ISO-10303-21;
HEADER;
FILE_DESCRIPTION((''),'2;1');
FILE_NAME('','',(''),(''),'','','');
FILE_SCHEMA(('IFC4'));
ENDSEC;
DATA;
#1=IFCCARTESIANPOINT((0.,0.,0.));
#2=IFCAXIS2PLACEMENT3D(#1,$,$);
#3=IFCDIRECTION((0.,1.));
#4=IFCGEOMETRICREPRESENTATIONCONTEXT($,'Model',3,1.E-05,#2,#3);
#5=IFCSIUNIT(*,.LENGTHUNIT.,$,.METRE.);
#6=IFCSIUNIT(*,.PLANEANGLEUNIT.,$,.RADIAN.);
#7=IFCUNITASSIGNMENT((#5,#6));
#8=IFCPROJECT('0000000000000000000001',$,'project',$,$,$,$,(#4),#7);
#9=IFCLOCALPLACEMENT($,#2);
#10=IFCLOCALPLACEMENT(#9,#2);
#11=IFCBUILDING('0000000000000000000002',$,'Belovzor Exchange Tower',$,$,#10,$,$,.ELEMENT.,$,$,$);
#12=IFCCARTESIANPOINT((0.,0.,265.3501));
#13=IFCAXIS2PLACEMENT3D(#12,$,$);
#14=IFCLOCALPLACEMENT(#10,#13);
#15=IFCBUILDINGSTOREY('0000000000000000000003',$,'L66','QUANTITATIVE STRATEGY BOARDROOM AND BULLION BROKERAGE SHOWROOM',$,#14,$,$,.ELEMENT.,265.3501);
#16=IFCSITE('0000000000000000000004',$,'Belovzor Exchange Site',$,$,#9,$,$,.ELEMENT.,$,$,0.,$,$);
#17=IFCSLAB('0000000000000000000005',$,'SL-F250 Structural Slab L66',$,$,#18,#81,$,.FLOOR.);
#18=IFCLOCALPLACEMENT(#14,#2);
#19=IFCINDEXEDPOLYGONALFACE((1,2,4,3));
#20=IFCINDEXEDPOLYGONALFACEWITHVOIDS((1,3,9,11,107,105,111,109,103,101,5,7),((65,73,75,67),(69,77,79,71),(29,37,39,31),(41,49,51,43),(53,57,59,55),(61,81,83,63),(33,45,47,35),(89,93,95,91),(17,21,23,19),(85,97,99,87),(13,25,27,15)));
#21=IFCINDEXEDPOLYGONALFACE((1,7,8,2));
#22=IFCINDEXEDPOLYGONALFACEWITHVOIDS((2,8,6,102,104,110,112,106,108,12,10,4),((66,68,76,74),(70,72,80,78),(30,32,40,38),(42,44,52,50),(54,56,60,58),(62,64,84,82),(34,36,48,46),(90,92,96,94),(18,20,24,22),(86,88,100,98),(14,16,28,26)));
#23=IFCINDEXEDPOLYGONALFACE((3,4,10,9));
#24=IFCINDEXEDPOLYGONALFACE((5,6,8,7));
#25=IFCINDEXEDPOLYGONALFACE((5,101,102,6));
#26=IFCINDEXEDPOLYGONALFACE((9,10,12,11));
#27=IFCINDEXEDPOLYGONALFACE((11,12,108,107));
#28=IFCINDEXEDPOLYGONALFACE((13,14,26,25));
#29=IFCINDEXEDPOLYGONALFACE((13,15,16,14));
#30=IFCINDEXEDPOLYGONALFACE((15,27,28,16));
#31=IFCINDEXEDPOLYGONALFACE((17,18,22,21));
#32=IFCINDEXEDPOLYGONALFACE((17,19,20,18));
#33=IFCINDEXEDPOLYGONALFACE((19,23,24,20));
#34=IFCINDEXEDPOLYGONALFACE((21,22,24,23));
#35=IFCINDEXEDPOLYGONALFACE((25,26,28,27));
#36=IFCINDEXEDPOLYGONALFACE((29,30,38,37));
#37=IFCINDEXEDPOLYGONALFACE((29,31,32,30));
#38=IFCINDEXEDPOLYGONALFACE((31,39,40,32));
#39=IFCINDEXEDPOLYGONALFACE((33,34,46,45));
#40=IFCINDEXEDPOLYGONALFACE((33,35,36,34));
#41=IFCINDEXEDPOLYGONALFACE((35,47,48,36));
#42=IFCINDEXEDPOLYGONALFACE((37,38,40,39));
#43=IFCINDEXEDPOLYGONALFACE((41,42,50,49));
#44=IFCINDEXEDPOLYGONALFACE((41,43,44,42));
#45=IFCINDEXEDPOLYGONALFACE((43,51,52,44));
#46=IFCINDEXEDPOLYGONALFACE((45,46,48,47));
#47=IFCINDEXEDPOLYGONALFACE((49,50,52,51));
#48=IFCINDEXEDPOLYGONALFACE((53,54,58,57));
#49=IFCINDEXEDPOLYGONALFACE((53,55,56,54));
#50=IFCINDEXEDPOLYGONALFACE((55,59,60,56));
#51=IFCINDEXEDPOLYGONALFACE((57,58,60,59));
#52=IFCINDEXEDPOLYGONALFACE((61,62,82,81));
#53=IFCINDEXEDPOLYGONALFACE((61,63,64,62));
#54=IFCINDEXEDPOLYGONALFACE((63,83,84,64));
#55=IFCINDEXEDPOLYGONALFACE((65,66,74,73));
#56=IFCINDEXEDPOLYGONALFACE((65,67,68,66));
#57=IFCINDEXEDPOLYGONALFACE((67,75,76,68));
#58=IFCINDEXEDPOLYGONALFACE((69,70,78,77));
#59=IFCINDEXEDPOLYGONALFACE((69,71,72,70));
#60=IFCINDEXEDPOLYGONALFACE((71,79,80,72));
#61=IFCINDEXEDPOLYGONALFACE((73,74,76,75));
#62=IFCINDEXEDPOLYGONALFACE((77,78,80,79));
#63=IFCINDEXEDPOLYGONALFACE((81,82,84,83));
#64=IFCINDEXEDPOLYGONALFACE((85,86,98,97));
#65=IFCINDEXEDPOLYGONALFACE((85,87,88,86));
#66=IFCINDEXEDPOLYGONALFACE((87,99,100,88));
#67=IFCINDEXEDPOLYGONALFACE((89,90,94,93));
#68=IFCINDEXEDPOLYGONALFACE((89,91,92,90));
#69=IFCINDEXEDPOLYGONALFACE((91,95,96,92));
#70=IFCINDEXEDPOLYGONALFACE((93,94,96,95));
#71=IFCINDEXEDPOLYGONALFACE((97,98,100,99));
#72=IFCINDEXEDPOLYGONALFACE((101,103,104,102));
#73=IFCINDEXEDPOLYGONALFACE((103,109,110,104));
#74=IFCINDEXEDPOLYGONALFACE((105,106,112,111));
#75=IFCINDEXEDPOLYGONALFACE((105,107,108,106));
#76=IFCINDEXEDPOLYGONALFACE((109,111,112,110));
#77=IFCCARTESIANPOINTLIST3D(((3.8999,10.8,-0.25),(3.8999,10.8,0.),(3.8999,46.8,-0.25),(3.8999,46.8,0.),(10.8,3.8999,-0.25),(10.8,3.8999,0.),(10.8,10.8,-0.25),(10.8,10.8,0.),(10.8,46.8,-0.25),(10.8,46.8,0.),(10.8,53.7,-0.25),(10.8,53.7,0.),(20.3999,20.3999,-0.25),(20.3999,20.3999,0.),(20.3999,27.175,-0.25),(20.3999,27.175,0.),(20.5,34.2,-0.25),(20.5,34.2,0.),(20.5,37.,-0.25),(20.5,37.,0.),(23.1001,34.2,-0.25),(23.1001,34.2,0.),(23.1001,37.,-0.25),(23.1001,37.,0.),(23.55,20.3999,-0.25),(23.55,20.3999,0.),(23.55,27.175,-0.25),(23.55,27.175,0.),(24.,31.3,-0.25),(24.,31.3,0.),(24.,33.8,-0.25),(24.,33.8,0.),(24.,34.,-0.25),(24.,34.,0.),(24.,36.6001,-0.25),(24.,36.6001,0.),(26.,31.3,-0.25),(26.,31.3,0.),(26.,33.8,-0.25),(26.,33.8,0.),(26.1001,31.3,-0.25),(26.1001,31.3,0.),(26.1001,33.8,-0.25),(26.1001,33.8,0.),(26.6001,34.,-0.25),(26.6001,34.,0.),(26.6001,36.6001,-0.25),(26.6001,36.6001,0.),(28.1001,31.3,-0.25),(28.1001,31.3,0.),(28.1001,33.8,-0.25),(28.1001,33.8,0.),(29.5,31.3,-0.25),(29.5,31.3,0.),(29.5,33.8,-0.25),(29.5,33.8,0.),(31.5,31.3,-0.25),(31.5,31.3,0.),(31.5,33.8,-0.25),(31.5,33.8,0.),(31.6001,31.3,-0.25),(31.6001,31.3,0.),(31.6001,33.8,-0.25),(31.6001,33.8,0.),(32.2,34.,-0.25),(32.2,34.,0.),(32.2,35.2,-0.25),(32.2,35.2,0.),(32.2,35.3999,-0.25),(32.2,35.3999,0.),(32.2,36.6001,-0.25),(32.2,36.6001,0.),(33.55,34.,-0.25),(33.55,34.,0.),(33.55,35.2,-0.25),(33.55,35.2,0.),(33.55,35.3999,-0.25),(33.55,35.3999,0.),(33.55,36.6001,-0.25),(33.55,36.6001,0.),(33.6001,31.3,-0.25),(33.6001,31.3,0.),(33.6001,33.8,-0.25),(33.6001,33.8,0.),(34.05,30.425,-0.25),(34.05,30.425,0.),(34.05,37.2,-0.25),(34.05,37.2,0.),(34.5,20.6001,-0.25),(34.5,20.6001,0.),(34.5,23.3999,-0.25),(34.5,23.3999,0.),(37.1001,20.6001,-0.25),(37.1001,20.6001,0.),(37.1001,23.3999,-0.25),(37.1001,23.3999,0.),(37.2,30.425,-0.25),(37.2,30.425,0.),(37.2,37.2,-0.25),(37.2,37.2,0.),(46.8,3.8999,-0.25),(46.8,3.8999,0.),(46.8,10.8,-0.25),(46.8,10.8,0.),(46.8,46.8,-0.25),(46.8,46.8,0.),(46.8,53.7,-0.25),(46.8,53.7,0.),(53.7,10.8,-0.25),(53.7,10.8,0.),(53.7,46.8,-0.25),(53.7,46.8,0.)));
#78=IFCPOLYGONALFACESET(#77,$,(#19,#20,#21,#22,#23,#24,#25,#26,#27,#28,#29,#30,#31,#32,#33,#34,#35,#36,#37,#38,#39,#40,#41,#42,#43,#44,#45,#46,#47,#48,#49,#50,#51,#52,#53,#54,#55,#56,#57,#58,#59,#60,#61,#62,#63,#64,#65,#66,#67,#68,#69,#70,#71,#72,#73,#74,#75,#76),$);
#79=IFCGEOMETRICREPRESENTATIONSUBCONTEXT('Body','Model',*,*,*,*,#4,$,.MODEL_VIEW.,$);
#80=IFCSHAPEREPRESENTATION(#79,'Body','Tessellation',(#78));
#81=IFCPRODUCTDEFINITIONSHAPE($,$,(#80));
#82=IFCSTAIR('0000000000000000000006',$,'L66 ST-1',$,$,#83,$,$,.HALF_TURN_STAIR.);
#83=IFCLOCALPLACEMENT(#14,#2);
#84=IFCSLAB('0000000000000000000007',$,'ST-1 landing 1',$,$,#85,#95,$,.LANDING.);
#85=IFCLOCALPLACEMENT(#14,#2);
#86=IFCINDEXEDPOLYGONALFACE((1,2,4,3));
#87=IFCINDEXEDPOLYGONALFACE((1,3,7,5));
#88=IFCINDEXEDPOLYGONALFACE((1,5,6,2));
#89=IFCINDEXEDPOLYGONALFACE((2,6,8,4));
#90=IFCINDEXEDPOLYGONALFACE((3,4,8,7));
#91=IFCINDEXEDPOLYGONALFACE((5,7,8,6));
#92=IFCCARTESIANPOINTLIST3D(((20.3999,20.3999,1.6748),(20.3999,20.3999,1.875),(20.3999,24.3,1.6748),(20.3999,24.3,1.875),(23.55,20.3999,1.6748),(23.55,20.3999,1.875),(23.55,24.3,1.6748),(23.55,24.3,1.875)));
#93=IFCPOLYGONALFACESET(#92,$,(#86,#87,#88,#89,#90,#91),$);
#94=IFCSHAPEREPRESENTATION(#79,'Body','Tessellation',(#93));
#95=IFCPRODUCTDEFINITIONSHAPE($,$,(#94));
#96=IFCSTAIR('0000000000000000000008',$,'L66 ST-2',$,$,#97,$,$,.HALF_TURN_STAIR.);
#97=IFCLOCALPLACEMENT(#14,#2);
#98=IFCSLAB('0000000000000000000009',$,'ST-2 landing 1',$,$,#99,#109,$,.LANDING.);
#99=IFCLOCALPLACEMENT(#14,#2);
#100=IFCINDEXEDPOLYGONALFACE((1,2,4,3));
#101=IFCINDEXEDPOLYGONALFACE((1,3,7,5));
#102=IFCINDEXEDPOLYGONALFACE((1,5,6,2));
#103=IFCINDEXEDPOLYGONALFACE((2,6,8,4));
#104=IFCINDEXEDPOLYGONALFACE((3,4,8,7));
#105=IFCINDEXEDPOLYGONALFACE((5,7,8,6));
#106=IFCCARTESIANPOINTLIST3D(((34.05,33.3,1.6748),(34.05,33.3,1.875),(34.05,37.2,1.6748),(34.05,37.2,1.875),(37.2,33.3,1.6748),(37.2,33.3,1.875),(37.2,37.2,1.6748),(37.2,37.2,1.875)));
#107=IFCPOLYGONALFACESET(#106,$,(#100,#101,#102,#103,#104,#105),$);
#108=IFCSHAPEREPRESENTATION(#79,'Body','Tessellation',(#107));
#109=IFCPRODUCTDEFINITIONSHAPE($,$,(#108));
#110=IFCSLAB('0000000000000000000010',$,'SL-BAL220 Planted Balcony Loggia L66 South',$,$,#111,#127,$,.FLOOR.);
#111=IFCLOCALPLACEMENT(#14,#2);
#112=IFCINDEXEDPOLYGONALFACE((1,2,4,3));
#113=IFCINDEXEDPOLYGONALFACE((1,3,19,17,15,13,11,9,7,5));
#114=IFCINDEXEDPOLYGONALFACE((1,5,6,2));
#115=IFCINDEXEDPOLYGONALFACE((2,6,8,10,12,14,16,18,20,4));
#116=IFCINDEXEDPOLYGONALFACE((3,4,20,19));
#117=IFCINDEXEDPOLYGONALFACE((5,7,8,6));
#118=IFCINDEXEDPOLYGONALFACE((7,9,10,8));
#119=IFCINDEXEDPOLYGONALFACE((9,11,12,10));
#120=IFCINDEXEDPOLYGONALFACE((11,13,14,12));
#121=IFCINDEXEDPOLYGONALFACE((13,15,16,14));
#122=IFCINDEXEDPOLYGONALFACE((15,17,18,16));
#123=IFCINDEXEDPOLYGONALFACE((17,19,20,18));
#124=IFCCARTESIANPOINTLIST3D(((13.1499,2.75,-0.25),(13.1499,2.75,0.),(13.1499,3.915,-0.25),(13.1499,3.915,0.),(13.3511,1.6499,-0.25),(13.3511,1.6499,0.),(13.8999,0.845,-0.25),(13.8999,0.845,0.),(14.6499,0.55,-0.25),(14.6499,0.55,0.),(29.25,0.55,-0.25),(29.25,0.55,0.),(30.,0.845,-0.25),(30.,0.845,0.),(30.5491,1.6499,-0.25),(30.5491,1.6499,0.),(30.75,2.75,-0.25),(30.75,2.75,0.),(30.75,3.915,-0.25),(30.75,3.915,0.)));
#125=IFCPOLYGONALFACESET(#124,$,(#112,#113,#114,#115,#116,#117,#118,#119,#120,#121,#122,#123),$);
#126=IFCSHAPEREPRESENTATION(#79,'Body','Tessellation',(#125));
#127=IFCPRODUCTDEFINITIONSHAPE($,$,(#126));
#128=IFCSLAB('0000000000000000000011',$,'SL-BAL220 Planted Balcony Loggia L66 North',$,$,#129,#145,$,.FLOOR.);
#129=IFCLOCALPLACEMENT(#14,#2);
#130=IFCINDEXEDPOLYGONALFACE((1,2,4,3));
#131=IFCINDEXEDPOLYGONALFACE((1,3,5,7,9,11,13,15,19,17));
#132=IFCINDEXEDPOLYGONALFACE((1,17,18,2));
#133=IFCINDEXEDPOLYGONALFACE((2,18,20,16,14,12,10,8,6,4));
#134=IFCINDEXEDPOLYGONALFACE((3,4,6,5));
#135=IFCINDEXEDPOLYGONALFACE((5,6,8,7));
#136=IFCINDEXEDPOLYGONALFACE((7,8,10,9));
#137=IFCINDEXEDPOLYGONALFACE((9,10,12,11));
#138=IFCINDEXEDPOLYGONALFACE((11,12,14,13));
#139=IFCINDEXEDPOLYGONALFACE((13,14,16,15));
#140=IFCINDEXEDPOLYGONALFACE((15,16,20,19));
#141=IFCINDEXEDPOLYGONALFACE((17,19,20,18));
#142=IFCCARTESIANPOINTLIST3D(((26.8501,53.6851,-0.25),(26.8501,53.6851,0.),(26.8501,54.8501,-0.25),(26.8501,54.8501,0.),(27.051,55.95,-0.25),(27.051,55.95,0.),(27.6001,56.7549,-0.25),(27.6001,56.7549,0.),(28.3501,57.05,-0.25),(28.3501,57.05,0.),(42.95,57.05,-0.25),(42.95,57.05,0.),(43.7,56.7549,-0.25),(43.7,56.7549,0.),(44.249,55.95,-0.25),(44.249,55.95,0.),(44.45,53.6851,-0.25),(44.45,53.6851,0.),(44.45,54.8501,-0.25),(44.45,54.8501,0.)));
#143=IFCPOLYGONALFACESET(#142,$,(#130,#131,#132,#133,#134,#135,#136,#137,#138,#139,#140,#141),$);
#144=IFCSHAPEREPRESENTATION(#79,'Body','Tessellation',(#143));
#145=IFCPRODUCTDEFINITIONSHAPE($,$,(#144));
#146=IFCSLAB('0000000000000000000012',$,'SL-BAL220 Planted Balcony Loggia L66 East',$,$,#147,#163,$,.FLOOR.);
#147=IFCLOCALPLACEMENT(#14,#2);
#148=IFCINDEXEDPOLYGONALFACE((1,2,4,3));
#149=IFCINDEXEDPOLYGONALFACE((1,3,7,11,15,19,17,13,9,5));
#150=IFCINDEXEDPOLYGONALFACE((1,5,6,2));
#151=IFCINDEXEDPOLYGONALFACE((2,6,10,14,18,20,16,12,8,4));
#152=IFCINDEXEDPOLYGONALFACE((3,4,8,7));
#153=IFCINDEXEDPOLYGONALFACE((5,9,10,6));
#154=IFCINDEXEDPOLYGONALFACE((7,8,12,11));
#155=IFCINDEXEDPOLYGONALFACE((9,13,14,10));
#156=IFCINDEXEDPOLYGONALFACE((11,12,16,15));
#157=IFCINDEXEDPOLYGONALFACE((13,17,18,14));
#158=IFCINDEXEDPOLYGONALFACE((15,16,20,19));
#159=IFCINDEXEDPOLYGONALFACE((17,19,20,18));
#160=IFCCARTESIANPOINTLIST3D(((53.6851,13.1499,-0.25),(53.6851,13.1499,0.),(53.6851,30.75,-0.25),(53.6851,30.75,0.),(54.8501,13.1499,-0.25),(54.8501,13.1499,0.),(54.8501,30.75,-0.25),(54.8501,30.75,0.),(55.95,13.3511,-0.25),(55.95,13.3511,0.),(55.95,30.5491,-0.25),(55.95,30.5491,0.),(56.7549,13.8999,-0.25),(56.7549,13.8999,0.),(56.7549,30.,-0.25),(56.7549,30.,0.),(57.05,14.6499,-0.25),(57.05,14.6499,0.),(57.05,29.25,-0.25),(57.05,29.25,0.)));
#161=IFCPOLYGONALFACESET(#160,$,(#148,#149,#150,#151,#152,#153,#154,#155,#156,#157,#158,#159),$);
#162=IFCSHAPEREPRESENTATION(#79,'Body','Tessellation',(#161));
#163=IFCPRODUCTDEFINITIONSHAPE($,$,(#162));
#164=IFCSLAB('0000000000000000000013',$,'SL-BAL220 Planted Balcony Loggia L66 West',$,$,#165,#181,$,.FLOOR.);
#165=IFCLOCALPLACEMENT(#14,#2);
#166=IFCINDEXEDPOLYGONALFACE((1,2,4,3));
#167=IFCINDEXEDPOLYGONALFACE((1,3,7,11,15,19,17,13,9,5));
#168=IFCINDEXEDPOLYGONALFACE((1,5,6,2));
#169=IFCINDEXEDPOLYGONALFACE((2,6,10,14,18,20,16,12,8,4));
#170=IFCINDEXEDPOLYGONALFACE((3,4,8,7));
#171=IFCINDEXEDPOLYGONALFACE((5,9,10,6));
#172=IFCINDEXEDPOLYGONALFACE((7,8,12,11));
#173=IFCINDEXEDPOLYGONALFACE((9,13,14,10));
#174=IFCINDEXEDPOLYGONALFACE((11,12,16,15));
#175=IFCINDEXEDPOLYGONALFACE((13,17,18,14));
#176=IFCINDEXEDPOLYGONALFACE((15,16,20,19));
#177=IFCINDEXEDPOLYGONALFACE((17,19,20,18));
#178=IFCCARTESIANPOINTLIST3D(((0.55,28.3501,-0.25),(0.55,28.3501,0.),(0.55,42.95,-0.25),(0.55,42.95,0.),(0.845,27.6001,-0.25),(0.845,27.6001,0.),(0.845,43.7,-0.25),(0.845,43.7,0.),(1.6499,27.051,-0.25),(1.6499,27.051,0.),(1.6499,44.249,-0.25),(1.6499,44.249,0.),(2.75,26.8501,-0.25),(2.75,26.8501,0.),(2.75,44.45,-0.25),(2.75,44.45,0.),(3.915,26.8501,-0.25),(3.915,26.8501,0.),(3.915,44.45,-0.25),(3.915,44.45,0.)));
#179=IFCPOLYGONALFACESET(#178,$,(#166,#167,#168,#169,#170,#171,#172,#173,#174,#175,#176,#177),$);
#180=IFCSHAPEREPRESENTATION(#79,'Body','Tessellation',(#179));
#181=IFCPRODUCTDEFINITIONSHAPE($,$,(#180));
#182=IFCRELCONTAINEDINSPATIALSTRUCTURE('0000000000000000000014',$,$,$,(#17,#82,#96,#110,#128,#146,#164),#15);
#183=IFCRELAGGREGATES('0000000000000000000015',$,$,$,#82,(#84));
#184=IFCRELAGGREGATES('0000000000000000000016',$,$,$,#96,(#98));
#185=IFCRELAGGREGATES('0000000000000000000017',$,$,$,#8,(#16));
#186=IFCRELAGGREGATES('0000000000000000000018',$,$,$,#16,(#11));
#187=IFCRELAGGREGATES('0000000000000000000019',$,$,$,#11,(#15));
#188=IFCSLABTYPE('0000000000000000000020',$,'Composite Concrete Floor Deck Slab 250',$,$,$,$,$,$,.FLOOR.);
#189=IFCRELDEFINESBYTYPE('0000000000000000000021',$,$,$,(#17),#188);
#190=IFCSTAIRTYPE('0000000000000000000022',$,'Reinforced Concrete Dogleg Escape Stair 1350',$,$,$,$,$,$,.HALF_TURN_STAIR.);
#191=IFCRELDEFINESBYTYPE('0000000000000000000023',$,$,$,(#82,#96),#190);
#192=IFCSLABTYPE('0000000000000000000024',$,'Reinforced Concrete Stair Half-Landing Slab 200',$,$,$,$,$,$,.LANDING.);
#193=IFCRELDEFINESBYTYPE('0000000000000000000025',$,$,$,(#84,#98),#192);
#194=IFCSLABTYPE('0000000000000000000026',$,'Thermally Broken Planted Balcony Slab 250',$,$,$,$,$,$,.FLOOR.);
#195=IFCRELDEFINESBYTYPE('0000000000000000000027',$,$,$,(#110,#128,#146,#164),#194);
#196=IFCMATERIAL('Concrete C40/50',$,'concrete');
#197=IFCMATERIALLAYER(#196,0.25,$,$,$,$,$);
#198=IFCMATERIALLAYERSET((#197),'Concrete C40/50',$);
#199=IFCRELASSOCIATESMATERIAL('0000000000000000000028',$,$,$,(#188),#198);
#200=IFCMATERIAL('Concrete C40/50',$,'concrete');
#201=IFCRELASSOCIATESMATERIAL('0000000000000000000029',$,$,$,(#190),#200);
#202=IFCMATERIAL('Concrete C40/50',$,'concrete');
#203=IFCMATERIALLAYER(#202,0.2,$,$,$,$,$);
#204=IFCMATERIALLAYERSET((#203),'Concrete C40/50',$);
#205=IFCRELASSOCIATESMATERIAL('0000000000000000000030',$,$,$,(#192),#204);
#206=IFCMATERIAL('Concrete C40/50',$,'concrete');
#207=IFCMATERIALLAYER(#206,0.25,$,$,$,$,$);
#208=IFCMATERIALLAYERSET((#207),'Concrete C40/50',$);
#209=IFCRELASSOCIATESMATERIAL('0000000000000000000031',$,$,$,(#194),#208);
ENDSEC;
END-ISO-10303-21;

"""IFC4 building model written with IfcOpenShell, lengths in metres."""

from ifc_helpers import new_model, si_unit, direction, frame, origin, place, context, subcontext, project, spatial, polyline, outline, extrude, material, layer, layer_set, type_object, element, aggregate, save


model = new_model("IFC4")

# Units and contexts
model_context = context("Model", 3, precision=1e-05, world=origin(), true_north=direction((0.0, 1.0)))
body_context = subcontext(model_context, "Body", "Model", "MODEL_VIEW")
ifc_project = project(units=[si_unit("LENGTHUNIT", "METRE"), si_unit("PLANEANGLEUNIT", "RADIAN")], contexts=[model_context])

# Site, building, storey
site_placement = place(None, origin())
site = spatial("IfcSite", under=ifc_project, at=site_placement, Name="Belovzor Exchange Site", CompositionType="ELEMENT", RefElevation=0.0)
building_placement = place(site_placement, origin())
building = spatial("IfcBuilding", under=site, at=building_placement, Name="Belovzor Exchange Tower", CompositionType="ELEMENT")
storey_placement = place(building_placement, frame((0.0, 0.0, 265.3501)))
storey = spatial("IfcBuildingStorey", under=building, at=storey_placement, Name="L66", Description="QUANTITATIVE STRATEGY BOARDROOM AND BULLION BROKERAGE SHOWROOM", CompositionType="ELEMENT", Elevation=265.3501)

# Slab
ifc_material_1 = material(Name="Concrete C40/50", Category="concrete")
ifc_layer_1 = layer(ifc_material_1, 0.25)
ifc_layer_set_1 = layer_set([ifc_layer_1], Name="Concrete C40/50")
slab_type_1 = type_object("IfcSlabType", Name="Composite Concrete Floor Deck Slab 250", PredefinedType="FLOOR", material=ifc_layer_set_1)
slab_1_placement = place(storey_placement, frame((0.0, 0.0, -0.25)))
element("IfcSlab", 1, at=slab_1_placement, inside=storey, type_object=slab_type_1, Name="SL-F250 Structural Slab L66", PredefinedType="FLOOR", context=body_context, shape_type="SweptSolid", body=[
    extrude(outline(polyline([(10.8, 3.8999), (46.8, 3.8999), (46.8, 10.8), (53.7, 10.8), (53.7, 46.8), (46.8, 46.8), (46.8, 53.7), (10.8, 53.7), (10.8, 46.8), (3.8999, 46.8), (3.8999, 10.8), (10.8, 10.8), (10.8, 3.8999)]), holes=[polyline([(20.3999, 27.175), (20.3999, 20.3999), (23.55, 20.3999), (23.55, 27.175), (20.3999, 27.175)]), polyline([(37.2, 30.425), (37.2, 37.2), (34.05, 37.2), (34.05, 30.425), (37.2, 30.425)]), polyline([(20.5, 34.2), (23.1001, 34.2), (23.1001, 37.0), (20.5, 37.0), (20.5, 34.2)]), polyline([(34.5, 20.6001), (37.1001, 20.6001), (37.1001, 23.3999), (34.5, 23.3999), (34.5, 20.6001)]), polyline([(24.0, 34.0), (26.6001, 34.0), (26.6001, 36.6001), (24.0, 36.6001), (24.0, 34.0)]), polyline([(24.0, 31.3), (26.0, 31.3), (26.0, 33.8), (24.0, 33.8), (24.0, 31.3)]), polyline([(26.1001, 31.3), (28.1001, 31.3), (28.1001, 33.8), (26.1001, 33.8), (26.1001, 31.3)]), polyline([(29.5, 31.3), (31.5, 31.3), (31.5, 33.8), (29.5, 33.8), (29.5, 31.3)]), polyline([(31.6001, 31.3), (33.6001, 31.3), (33.6001, 33.8), (31.6001, 33.8), (31.6001, 31.3)]), polyline([(32.2, 34.0), (33.55, 34.0), (33.55, 35.2), (32.2, 35.2), (32.2, 34.0)]), polyline([(32.2, 35.3999), (33.55, 35.3999), (33.55, 36.6001), (32.2, 36.6001), (32.2, 35.3999)])]), origin(), (0.0, 0.0, 1.0), 0.25),
])

# Stairs, slabs
ifc_material_2 = material(Name="Concrete C40/50", Category="concrete")
stair_type = type_object("IfcStairType", Name="Reinforced Concrete Dogleg Escape Stair 1350", PredefinedType="HALF_TURN_STAIR", material=ifc_material_2)
stair_1_placement = place(storey_placement, origin())
stair_1 = element("IfcStair", 2, at=stair_1_placement, inside=storey, type_object=stair_type, Name="L66 ST-1", PredefinedType="HALF_TURN_STAIR")
ifc_material_3 = material(Name="Concrete C40/50", Category="concrete")
ifc_layer_2 = layer(ifc_material_3, 0.2)
ifc_layer_set_2 = layer_set([ifc_layer_2], Name="Concrete C40/50")
slab_type_2 = type_object("IfcSlabType", Name="Reinforced Concrete Stair Half-Landing Slab 200", PredefinedType="LANDING", material=ifc_layer_set_2)
slab_2_placement = place(storey_placement, frame((0.0, 0.0, 1.6748)))
slab_2 = element("IfcSlab", 3, at=slab_2_placement, type_object=slab_type_2, Name="ST-1 landing 1", PredefinedType="LANDING", context=body_context, shape_type="SweptSolid", body=[
    extrude(outline(polyline([(20.3999, 24.3), (20.3999, 20.3999), (23.55, 20.3999), (23.55, 24.3), (20.3999, 24.3)])), origin(), (0.0, 0.0, 1.0), 0.2002),
])
aggregate(stair_1, [slab_2])
stair_2_placement = place(storey_placement, origin())
stair_2 = element("IfcStair", 4, at=stair_2_placement, inside=storey, type_object=stair_type, Name="L66 ST-2", PredefinedType="HALF_TURN_STAIR")
slab_3_placement = place(storey_placement, frame((0.0, 0.0, 1.6748)))
slab_3 = element("IfcSlab", 5, at=slab_3_placement, type_object=slab_type_2, Name="ST-2 landing 1", PredefinedType="LANDING", context=body_context, shape_type="SweptSolid", body=[
    extrude(outline(polyline([(37.2, 33.3), (37.2, 37.2), (34.05, 37.2), (34.05, 33.3), (37.2, 33.3)])), origin(), (0.0, 0.0, 1.0), 0.2002),
])
aggregate(stair_2, [slab_3])

# Slabs
ifc_material_4 = material(Name="Concrete C40/50", Category="concrete")
ifc_layer_3 = layer(ifc_material_4, 0.25)
ifc_layer_set_3 = layer_set([ifc_layer_3], Name="Concrete C40/50")
slab_type_3 = type_object("IfcSlabType", Name="Thermally Broken Planted Balcony Slab 250", PredefinedType="FLOOR", material=ifc_layer_set_3)
slab_4_placement = place(storey_placement, frame((0.0, 0.0, -0.25)))
element("IfcSlab", 6, at=slab_4_placement, inside=storey, type_object=slab_type_3, Name="SL-BAL220 Planted Balcony Loggia L66 South", PredefinedType="FLOOR", context=body_context, shape_type="SweptSolid", body=[
    extrude(outline(polyline([(13.1499, 3.915), (13.1499, 2.75), (13.3511, 1.6499), (13.8999, 0.845), (14.6499, 0.55), (29.25, 0.55), (30.0, 0.845), (30.5491, 1.6499), (30.75, 2.75), (30.75, 3.915), (13.1499, 3.915)])), origin(), (0.0, 0.0, 1.0), 0.25),
])
slab_5_placement = place(storey_placement, frame((0.0, 0.0, -0.25)))
element("IfcSlab", 7, at=slab_5_placement, inside=storey, type_object=slab_type_3, Name="SL-BAL220 Planted Balcony Loggia L66 North", PredefinedType="FLOOR", context=body_context, shape_type="SweptSolid", body=[
    extrude(outline(polyline([(44.45, 53.6851), (44.45, 54.8501), (44.249, 55.95), (43.7, 56.7549), (42.95, 57.05), (28.3501, 57.05), (27.6001, 56.7549), (27.051, 55.95), (26.8501, 54.8501), (26.8501, 53.6851), (44.45, 53.6851)])), origin(), (0.0, 0.0, 1.0), 0.25),
])
slab_6_placement = place(storey_placement, frame((0.0, 0.0, -0.25)))
element("IfcSlab", 8, at=slab_6_placement, inside=storey, type_object=slab_type_3, Name="SL-BAL220 Planted Balcony Loggia L66 East", PredefinedType="FLOOR", context=body_context, shape_type="SweptSolid", body=[
    extrude(outline(polyline([(53.6851, 13.1499), (54.8501, 13.1499), (55.95, 13.3511), (56.7549, 13.8999), (57.05, 14.6499), (57.05, 29.25), (56.7549, 30.0), (55.95, 30.5491), (54.8501, 30.75), (53.6851, 30.75), (53.6851, 13.1499)])), origin(), (0.0, 0.0, 1.0), 0.25),
])
slab_7_placement = place(storey_placement, frame((0.0, 0.0, -0.25)))
element("IfcSlab", 9, at=slab_7_placement, inside=storey, type_object=slab_type_3, Name="SL-BAL220 Planted Balcony Loggia L66 West", PredefinedType="FLOOR", context=body_context, shape_type="SweptSolid", body=[
    extrude(outline(polyline([(3.915, 44.45), (2.75, 44.45), (1.6499, 44.249), (0.845, 43.7), (0.55, 42.95), (0.55, 28.3501), (0.845, 27.6001), (1.6499, 27.051), (2.75, 26.8501), (3.915, 26.8501), (3.915, 44.45)])), origin(), (0.0, 0.0, 1.0), 0.25),
])

save(model, "model.ifc")
